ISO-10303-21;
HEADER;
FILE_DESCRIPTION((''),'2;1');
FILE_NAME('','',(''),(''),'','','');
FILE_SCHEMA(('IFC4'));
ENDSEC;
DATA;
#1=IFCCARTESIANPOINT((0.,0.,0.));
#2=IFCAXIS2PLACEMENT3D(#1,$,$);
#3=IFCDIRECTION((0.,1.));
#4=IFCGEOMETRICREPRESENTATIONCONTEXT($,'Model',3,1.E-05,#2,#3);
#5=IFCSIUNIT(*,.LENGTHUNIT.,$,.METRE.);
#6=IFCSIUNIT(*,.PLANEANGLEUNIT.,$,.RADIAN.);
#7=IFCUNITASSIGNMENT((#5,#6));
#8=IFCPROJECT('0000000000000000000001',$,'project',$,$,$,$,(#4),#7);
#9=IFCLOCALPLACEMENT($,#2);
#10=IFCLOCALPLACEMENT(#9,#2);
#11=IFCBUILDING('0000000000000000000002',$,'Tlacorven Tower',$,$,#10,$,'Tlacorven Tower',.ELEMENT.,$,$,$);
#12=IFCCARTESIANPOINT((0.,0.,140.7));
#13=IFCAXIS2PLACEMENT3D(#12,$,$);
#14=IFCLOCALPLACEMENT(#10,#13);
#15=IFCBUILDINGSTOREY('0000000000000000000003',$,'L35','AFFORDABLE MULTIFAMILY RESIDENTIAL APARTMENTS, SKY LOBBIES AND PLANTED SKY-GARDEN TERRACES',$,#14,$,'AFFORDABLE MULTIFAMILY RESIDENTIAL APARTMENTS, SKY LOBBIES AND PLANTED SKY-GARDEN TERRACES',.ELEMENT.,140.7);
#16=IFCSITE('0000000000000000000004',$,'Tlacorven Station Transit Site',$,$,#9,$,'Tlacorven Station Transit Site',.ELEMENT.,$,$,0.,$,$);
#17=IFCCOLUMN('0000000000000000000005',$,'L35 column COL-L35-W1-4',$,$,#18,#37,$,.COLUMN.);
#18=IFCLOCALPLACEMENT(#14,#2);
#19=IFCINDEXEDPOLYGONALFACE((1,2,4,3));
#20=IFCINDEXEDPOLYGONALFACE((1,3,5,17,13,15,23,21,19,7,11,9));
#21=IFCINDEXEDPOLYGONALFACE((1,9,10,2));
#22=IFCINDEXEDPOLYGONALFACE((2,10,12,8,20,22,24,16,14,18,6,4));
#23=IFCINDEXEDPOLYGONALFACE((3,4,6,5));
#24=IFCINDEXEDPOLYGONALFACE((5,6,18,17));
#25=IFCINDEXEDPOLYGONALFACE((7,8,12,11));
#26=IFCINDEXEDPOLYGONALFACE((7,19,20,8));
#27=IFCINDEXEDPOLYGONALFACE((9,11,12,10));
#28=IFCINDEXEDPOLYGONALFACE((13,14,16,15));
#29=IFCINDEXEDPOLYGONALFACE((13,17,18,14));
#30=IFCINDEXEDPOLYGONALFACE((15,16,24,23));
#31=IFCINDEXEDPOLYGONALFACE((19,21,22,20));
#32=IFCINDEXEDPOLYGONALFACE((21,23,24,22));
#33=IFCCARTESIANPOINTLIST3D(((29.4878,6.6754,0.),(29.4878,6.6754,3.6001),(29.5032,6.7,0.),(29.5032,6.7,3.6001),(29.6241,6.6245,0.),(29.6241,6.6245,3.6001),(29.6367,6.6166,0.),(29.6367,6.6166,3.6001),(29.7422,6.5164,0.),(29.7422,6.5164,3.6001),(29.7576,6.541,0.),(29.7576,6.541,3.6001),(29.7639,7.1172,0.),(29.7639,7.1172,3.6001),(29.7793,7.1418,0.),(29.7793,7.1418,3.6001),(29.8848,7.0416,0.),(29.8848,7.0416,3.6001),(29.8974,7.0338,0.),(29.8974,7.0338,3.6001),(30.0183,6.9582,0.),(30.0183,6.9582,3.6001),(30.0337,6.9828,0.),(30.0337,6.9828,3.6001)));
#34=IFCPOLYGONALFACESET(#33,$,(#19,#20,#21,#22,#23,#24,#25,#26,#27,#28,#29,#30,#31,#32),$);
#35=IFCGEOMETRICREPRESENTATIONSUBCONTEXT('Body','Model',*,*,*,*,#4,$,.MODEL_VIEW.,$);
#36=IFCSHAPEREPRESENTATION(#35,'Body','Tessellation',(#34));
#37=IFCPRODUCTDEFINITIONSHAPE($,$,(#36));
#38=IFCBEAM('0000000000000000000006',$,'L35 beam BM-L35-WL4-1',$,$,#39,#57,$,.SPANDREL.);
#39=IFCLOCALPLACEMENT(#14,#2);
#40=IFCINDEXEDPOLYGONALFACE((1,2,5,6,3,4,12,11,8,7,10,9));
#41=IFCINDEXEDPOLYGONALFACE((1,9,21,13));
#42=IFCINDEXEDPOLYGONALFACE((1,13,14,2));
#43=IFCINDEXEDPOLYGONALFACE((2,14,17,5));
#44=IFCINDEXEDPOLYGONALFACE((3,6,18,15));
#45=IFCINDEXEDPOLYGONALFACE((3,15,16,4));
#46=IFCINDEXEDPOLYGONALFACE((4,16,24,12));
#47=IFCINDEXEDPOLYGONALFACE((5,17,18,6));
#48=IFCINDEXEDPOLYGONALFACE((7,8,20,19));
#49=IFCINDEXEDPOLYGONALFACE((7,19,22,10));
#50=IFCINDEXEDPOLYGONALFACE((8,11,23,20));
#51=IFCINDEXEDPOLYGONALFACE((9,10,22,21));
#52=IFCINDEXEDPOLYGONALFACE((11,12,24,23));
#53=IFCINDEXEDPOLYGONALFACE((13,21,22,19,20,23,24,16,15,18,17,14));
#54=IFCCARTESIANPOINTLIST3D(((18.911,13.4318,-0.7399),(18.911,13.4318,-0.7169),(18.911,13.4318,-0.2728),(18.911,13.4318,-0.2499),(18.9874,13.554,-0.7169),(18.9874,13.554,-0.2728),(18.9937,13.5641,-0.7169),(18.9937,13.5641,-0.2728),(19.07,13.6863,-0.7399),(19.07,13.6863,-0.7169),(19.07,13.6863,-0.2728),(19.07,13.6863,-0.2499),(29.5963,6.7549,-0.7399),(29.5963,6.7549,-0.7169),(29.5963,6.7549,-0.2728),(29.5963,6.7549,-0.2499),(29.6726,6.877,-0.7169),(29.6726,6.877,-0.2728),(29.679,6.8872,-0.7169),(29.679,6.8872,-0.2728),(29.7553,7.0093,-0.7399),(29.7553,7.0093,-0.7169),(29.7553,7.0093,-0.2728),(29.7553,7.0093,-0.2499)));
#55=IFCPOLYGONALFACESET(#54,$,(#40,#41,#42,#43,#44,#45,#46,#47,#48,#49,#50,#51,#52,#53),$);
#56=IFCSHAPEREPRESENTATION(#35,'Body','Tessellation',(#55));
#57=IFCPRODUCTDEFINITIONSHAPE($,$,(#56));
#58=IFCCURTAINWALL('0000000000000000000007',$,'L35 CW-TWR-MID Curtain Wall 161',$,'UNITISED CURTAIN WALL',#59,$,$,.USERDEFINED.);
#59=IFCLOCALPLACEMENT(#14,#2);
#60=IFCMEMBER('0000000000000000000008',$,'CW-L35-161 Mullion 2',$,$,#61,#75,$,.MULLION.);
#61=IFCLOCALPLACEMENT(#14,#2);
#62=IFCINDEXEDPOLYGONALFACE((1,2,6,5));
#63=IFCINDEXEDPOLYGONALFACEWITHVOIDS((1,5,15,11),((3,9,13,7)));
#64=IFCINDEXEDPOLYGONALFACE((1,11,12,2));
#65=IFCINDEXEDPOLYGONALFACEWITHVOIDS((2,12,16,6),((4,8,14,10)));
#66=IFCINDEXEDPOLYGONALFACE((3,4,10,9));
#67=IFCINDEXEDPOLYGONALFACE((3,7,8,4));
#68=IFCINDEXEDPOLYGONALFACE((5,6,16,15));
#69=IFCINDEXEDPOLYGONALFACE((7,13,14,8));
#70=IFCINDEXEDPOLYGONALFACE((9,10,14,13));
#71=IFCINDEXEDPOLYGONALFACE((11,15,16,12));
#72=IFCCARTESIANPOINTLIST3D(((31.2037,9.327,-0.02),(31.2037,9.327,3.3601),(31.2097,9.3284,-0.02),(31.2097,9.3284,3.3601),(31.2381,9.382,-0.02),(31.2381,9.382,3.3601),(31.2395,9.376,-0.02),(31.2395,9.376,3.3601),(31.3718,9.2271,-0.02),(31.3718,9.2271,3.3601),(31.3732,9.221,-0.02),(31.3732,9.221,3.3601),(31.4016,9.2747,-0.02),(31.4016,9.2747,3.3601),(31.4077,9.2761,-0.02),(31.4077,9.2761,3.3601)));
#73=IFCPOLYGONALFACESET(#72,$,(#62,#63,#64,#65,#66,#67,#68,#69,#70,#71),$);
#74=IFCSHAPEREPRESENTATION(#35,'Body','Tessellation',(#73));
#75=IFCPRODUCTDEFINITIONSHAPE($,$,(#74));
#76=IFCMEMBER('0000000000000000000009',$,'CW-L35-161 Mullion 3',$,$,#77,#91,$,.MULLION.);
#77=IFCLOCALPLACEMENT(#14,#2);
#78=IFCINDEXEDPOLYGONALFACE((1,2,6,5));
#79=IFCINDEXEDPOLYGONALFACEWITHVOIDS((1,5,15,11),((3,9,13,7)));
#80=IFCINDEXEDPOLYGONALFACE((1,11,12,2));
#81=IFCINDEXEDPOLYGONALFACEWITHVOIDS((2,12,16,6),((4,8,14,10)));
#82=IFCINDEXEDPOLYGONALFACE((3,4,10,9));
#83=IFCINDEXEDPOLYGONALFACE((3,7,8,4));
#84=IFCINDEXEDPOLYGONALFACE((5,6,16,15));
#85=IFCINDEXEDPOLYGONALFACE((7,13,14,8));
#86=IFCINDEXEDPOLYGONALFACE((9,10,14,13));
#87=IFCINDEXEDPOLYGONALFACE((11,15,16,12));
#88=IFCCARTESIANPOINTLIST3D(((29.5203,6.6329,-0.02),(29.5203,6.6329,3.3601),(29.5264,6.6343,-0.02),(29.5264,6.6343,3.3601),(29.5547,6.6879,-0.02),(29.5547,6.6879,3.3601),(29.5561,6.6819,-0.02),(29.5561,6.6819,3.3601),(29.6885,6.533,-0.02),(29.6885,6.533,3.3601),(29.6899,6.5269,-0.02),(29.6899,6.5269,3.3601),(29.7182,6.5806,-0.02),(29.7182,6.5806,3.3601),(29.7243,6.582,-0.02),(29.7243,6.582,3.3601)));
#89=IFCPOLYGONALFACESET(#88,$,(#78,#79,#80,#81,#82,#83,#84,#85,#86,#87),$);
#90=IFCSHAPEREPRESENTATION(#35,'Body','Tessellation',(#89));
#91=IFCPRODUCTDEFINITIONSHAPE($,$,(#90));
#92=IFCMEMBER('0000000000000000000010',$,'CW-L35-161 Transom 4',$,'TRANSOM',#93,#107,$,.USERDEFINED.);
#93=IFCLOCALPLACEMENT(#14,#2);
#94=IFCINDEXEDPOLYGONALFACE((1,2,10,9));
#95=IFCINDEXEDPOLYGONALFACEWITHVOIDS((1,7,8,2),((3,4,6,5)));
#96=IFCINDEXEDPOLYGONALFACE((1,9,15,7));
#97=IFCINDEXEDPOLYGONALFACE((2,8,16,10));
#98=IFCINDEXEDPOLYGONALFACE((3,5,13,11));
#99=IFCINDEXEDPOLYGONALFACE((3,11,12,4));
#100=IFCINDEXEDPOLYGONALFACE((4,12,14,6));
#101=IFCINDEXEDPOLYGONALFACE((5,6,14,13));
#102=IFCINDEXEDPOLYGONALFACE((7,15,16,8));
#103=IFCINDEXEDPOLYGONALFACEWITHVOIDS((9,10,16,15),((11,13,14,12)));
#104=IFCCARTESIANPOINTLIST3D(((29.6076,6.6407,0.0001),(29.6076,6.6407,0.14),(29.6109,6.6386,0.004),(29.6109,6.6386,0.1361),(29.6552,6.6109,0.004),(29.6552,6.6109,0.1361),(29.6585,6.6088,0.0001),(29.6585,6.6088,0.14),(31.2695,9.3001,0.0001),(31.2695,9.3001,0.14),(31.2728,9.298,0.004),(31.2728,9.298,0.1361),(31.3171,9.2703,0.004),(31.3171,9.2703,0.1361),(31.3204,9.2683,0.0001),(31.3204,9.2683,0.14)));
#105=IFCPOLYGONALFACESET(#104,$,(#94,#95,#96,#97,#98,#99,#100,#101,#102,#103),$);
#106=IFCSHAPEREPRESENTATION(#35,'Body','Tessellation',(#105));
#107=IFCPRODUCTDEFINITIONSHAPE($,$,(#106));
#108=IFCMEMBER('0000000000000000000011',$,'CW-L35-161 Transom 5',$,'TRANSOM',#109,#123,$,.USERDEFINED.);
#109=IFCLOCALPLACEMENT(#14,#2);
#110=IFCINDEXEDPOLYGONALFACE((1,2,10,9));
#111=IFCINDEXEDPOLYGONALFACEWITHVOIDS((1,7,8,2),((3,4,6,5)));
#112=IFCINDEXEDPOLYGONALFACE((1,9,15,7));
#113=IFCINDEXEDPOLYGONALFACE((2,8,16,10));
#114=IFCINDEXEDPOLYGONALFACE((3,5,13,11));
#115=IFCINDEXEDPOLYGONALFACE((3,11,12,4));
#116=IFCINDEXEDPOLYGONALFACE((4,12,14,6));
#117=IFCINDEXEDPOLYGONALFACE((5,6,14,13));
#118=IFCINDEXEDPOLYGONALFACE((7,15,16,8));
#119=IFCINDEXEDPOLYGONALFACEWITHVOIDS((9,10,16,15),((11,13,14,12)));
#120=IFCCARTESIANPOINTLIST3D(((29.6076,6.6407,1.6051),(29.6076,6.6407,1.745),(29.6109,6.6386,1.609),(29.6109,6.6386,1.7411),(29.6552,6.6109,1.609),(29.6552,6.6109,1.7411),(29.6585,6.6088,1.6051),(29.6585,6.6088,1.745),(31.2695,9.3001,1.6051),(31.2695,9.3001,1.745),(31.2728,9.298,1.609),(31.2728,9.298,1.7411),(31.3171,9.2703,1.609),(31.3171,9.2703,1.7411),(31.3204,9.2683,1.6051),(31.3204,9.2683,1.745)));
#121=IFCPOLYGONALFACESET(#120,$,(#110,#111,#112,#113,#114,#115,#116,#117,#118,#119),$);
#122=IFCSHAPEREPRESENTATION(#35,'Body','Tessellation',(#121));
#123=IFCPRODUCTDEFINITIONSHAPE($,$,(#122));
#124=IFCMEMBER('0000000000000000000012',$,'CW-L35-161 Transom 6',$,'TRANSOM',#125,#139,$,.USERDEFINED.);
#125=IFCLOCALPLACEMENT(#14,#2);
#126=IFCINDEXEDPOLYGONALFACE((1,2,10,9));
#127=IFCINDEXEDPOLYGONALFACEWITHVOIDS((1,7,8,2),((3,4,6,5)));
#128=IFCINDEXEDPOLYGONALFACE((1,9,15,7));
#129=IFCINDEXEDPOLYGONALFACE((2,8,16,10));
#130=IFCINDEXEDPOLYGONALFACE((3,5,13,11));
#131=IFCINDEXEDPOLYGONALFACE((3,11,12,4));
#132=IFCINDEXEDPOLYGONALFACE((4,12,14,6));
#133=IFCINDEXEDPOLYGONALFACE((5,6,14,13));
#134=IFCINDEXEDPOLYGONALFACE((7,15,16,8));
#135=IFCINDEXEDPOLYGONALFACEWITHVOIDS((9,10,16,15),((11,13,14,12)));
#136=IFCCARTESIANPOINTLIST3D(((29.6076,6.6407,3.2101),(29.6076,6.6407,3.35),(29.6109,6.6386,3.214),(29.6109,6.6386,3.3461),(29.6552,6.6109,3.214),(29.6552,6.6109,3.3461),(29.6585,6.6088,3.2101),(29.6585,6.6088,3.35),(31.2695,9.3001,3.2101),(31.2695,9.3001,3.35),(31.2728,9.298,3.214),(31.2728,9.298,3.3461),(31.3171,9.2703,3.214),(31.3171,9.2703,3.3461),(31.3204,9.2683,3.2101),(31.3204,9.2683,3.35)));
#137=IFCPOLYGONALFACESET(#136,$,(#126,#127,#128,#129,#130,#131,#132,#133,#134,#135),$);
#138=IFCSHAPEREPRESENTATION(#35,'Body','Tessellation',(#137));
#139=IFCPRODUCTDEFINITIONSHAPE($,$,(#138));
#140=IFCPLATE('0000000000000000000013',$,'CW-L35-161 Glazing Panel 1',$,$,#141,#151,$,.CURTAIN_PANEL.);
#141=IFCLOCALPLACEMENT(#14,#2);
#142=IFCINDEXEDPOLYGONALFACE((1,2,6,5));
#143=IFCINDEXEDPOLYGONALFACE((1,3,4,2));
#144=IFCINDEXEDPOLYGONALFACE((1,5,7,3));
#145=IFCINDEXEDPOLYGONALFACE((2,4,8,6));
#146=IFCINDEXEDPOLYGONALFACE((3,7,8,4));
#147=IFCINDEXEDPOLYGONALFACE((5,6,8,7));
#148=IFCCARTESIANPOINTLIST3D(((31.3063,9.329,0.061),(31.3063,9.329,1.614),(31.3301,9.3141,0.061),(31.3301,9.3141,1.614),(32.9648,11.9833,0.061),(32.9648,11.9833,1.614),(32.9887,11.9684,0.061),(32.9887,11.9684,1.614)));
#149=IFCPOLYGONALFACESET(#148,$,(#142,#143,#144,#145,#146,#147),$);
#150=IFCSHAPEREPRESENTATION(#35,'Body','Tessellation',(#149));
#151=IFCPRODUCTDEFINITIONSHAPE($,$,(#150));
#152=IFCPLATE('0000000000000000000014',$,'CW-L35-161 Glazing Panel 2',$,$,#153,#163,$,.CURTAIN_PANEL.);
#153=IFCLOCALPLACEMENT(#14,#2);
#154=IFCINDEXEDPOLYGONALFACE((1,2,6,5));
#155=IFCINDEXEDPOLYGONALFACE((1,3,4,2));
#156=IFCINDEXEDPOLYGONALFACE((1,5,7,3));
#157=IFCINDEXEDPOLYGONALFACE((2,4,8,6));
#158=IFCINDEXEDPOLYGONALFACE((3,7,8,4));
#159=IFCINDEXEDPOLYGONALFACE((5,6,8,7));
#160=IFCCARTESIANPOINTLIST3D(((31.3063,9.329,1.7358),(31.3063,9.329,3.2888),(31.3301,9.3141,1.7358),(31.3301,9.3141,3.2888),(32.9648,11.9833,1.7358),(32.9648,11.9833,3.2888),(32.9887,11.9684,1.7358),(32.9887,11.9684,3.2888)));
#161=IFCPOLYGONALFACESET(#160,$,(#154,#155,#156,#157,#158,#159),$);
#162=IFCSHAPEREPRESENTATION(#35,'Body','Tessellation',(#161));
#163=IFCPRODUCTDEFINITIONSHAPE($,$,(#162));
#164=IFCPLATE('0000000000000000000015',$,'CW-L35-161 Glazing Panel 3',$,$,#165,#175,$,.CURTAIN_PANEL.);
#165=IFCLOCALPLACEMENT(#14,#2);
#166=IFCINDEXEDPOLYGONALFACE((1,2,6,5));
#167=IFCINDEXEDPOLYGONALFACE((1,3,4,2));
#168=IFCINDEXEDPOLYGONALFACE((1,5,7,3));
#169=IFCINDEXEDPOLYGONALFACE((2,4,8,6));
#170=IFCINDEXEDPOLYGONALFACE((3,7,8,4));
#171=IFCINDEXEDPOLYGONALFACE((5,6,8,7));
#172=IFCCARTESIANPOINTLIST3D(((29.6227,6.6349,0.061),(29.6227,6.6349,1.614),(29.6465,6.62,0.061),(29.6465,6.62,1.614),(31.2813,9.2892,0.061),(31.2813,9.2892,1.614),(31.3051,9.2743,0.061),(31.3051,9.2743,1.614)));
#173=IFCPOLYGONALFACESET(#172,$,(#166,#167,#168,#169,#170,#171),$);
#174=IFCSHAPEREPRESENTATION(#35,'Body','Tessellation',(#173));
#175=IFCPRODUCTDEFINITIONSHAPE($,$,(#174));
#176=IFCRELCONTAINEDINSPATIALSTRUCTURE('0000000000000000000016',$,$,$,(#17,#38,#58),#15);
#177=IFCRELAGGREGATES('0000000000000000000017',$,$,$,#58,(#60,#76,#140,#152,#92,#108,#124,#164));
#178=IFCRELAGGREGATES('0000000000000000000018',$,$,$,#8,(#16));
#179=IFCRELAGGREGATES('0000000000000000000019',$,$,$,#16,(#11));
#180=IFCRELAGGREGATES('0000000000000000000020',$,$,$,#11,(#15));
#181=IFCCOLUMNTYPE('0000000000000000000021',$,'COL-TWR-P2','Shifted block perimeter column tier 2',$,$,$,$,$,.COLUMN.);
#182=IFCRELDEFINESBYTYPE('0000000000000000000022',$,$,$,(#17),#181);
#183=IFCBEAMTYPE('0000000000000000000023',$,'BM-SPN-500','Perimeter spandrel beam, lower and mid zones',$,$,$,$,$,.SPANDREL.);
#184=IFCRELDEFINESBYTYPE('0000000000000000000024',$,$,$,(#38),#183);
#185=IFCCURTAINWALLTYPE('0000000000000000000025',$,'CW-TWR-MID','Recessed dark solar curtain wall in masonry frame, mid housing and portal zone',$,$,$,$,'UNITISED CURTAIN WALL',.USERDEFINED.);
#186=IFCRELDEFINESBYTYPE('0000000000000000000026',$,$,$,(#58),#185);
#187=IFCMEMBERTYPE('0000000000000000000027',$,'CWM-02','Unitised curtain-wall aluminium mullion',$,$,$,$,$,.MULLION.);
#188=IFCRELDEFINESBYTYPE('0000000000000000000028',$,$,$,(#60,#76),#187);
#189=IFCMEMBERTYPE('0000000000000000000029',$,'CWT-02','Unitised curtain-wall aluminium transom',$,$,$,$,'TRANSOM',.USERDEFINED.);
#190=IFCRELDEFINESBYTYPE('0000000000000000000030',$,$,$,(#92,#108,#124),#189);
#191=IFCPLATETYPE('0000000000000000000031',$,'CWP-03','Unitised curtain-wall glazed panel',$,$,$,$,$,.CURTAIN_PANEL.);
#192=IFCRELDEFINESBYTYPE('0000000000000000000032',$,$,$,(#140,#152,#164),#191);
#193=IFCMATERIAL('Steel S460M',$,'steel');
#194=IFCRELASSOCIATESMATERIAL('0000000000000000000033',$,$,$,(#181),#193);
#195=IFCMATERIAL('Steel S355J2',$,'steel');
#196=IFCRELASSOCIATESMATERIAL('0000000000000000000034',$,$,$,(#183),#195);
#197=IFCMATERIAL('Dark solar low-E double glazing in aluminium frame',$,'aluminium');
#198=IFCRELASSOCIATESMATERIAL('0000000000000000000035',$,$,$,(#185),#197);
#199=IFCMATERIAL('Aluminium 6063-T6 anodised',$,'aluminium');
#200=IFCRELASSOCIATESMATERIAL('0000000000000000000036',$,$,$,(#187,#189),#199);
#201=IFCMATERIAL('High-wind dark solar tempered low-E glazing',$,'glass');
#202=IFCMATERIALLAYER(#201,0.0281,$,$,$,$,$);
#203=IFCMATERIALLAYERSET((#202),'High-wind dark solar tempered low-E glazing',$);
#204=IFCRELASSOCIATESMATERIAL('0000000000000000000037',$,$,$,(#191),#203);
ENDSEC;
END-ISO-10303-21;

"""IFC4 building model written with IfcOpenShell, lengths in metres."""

from ifc_helpers import new_model, si_unit, direction, frame, origin, origin_2d, place, context, subcontext, project, spatial, rectangle, hollow_rectangle, i_section, extrude, source, transform, mapped, material, layer, layer_set, material_profile, profile_set, type_object, element, aggregate, save


model = new_model("IFC4")

# Units and contexts
model_context = context("Model", 3, precision=1e-05, world=origin(), true_north=direction((0.0, 1.0)))
body_context = subcontext(model_context, "Body", "Model", "MODEL_VIEW")
ifc_project = project(units=[si_unit("LENGTHUNIT", "METRE"), si_unit("PLANEANGLEUNIT", "RADIAN")], contexts=[model_context])

# Site, building, storey
site_placement = place(None, origin())
site = spatial("IfcSite", under=ifc_project, at=site_placement, Name="Tlacorven Station Transit Site", LongName="Tlacorven Station Transit Site", CompositionType="ELEMENT", RefElevation=0.0)
building_placement = place(site_placement, origin())
building = spatial("IfcBuilding", under=site, at=building_placement, Name="Tlacorven Tower", LongName="Tlacorven Tower", CompositionType="ELEMENT")
storey_placement = place(building_placement, frame((0.0, 0.0, 140.7)))
storey = spatial("IfcBuildingStorey", under=building, at=storey_placement, Name="L35", Description="AFFORDABLE MULTIFAMILY RESIDENTIAL APARTMENTS, SKY LOBBIES AND PLANTED SKY-GARDEN TERRACES", LongName="AFFORDABLE MULTIFAMILY RESIDENTIAL APARTMENTS, SKY LOBBIES AND PLANTED SKY-GARDEN TERRACES", CompositionType="ELEMENT", Elevation=140.7)

# Column
ifc_material_1 = material(Name="Steel S460M", Category="steel")
ifc_material_profile_1 = material_profile(ifc_material_1, i_section(OverallWidth=0.3, OverallDepth=0.55, WebThickness=0.0149, FlangeThickness=0.0291, at=origin_2d()), Name="HEB 550")
ifc_profile_set_1 = profile_set([ifc_material_profile_1], Name="Steel S460M")
column_type = type_object("IfcColumnType", Name="COL-TWR-P2", Description="Shifted block perimeter column tier 2", PredefinedType="COLUMN", material=ifc_profile_set_1)
shared_shape_1 = source(origin(), body_context, "Body", "SweptSolid", [
    extrude(i_section(OverallWidth=0.3, OverallDepth=0.55, WebThickness=0.0149, FlangeThickness=0.0291, at=origin_2d()), origin(), (0.0, 0.0, 1.0), 3.6001),
])
column_placement = place(storey_placement, frame((29.7607, 6.8291, 0.0), z_axis=(0.0, 0.0, 1.0), x_axis=(-0.848048, 0.529919, 0.0)))
element("IfcColumn", 1, at=column_placement, inside=storey, type_object=column_type, Name="L35 column COL-L35-W1-4", PredefinedType="COLUMN", context=body_context, shape_type="MappedRepresentation", body=[
    mapped(shared_shape_1, transform((0.0, 0.0, 0.0), scale=1.0)),
])

# Beam
ifc_material_2 = material(Name="Steel S355J2", Category="steel")
ifc_material_profile_2 = material_profile(ifc_material_2, i_section(OverallWidth=0.3, OverallDepth=0.49, WebThickness=0.012, FlangeThickness=0.0229, at=origin_2d()), Name="HEA 500")
ifc_profile_set_2 = profile_set([ifc_material_profile_2], Name="Steel S355J2")
beam_type = type_object("IfcBeamType", Name="BM-SPN-500", Description="Perimeter spandrel beam, lower and mid zones", PredefinedType="SPANDREL", material=ifc_profile_set_2)
shared_shape_2 = source(origin(), body_context, "Body", "SweptSolid", [
    extrude(i_section(OverallWidth=0.3, OverallDepth=0.49, WebThickness=0.012, FlangeThickness=0.0229, at=origin_2d()), origin(), (0.0, 0.0, 1.0), 12.5999),
])
beam_placement = place(storey_placement, frame((29.6758, 6.8821, -0.4949), z_axis=(-0.848045, 0.529924, 0.0), x_axis=(-0.529924, -0.848045, 0.0)))
element("IfcBeam", 2, at=beam_placement, inside=storey, type_object=beam_type, Name="L35 beam BM-L35-WL4-1", PredefinedType="SPANDREL", context=body_context, shape_type="MappedRepresentation", body=[
    mapped(shared_shape_2, transform((0.0, 0.0, 0.0), scale=1.0)),
])

# Curtain wall, members, plates
ifc_material_3 = material(Name="Dark solar low-E double glazing in aluminium frame", Category="aluminium")
curtain_wall_type = type_object("IfcCurtainWallType", Name="CW-TWR-MID", Description="Recessed dark solar curtain wall in masonry frame, mid housing and portal zone", ElementType="UNITISED CURTAIN WALL", PredefinedType="USERDEFINED", material=ifc_material_3)
curtain_wall_placement = place(storey_placement, origin())
curtain_wall = element("IfcCurtainWall", 3, at=curtain_wall_placement, inside=storey, type_object=curtain_wall_type, Name="L35 CW-TWR-MID Curtain Wall 161", ObjectType="UNITISED CURTAIN WALL", PredefinedType="USERDEFINED")
ifc_material_4 = material(Name="Aluminium 6063-T6 anodised", Category="aluminium")
ifc_material_profile_3 = material_profile(ifc_material_4, hollow_rectangle(XDim=0.0649, YDim=0.2, WallThickness=0.0044, at=origin_2d()), Name="ALU MULLION 65X200")
ifc_profile_set_3 = profile_set([ifc_material_profile_3], Name="Aluminium 6063-T6 anodised")
member_type_1 = type_object("IfcMemberType", Name="CWM-02", Description="Unitised curtain-wall aluminium mullion", PredefinedType="MULLION", material=ifc_profile_set_3)
shared_shape_3 = source(origin(), body_context, "Body", "SweptSolid", [
    extrude(hollow_rectangle(XDim=0.0649, YDim=0.2, WallThickness=0.0044, at=origin_2d()), origin(), (0.0, 0.0, 1.0), 3.3801),
])
member_1_placement = place(storey_placement, frame((31.3057, 9.3015, -0.02), z_axis=(0.0, 0.0, 1.0), x_axis=(-0.529919, -0.848048, 0.0)))
member_1 = element("IfcMember", 4, at=member_1_placement, type_object=member_type_1, Name="CW-L35-161 Mullion 2", PredefinedType="MULLION", context=body_context, shape_type="MappedRepresentation", body=[
    mapped(shared_shape_3, transform((0.0, 0.0, 0.0), scale=1.0)),
])
member_2_placement = place(storey_placement, frame((29.6223, 6.6074, -0.02), z_axis=(0.0, 0.0, 1.0), x_axis=(-0.529919, -0.848048, 0.0)))
member_2 = element("IfcMember", 5, at=member_2_placement, type_object=member_type_1, Name="CW-L35-161 Mullion 3", PredefinedType="MULLION", context=body_context, shape_type="MappedRepresentation", body=[
    mapped(shared_shape_3, transform((0.0, 0.0, 0.0), scale=1.0)),
])
ifc_material_profile_4 = material_profile(ifc_material_4, hollow_rectangle(XDim=0.0601, YDim=0.1399, WallThickness=0.0039, at=origin_2d()), Name="ALU TRANSOM 60X140")
ifc_profile_set_4 = profile_set([ifc_material_profile_4], Name="Aluminium 6063-T6 anodised")
member_type_2 = type_object("IfcMemberType", Name="CWT-02", Description="Unitised curtain-wall aluminium transom", ElementType="TRANSOM", PredefinedType="USERDEFINED", material=ifc_profile_set_4)
shared_shape_4 = source(origin(), body_context, "Body", "SweptSolid", [
    extrude(hollow_rectangle(XDim=0.0601, YDim=0.1399, WallThickness=0.0039, at=origin_2d()), origin(), (0.0, 0.0, 1.0), 3.136),
])
member_3_placement = place(storey_placement, frame((31.2949, 9.2842, 0.0701), z_axis=(-0.529936, -0.848038, 0.0), x_axis=(0.848038, -0.529936, 0.0)))
member_3 = element("IfcMember", 6, at=member_3_placement, type_object=member_type_2, Name="CW-L35-161 Transom 4", ObjectType="TRANSOM", PredefinedType="USERDEFINED", context=body_context, shape_type="MappedRepresentation", body=[
    mapped(shared_shape_4, transform((0.0, 0.0, 0.0), scale=1.0)),
])
member_4_placement = place(storey_placement, frame((31.2949, 9.2842, 1.675), z_axis=(-0.529936, -0.848038, 0.0), x_axis=(0.848038, -0.529936, 0.0)))
member_4 = element("IfcMember", 7, at=member_4_placement, type_object=member_type_2, Name="CW-L35-161 Transom 5", ObjectType="TRANSOM", PredefinedType="USERDEFINED", context=body_context, shape_type="MappedRepresentation", body=[
    mapped(shared_shape_4, transform((0.0, 0.0, 0.0), scale=1.0)),
])
member_5_placement = place(storey_placement, frame((31.2949, 9.2842, 3.28), z_axis=(-0.529936, -0.848038, 0.0), x_axis=(0.848038, -0.529936, 0.0)))
member_5 = element("IfcMember", 8, at=member_5_placement, type_object=member_type_2, Name="CW-L35-161 Transom 6", ObjectType="TRANSOM", PredefinedType="USERDEFINED", context=body_context, shape_type="MappedRepresentation", body=[
    mapped(shared_shape_4, transform((0.0, 0.0, 0.0), scale=1.0)),
])
ifc_material_5 = material(Name="High-wind dark solar tempered low-E glazing", Category="glass")
ifc_layer_1 = layer(ifc_material_5, 0.0281)
ifc_layer_set_1 = layer_set([ifc_layer_1], Name="High-wind dark solar tempered low-E glazing")
plate_type = type_object("IfcPlateType", Name="CWP-03", Description="Unitised curtain-wall glazed panel", PredefinedType="CURTAIN_PANEL", material=ifc_layer_set_1)
shared_shape_5 = source(origin(), body_context, "Body", "SweptSolid", [
    extrude(rectangle(XDim=3.1299, YDim=0.0281, at=origin_2d()), origin(), (0.0, 0.0, 1.0), 1.553),
])
plate_1_placement = place(storey_placement, frame((32.1475, 10.6487, 0.061), z_axis=(0.0, 0.0, 1.0), x_axis=(-0.529919, -0.848048, 0.0)))
plate_1 = element("IfcPlate", 9, at=plate_1_placement, type_object=plate_type, Name="CW-L35-161 Glazing Panel 1", PredefinedType="CURTAIN_PANEL", context=body_context, shape_type="MappedRepresentation", body=[
    mapped(shared_shape_5, transform((0.0, 0.0, 0.0), scale=1.0)),
])
plate_2_placement = place(storey_placement, frame((32.1475, 10.6487, 1.7358), z_axis=(0.0, 0.0, 1.0), x_axis=(-0.529919, -0.848048, 0.0)))
plate_2 = element("IfcPlate", 10, at=plate_2_placement, type_object=plate_type, Name="CW-L35-161 Glazing Panel 2", PredefinedType="CURTAIN_PANEL", context=body_context, shape_type="MappedRepresentation", body=[
    mapped(shared_shape_5, transform((0.0, 0.0, 0.0), scale=1.0)),
])
plate_3_placement = place(storey_placement, frame((30.4639, 7.9546, 0.061), z_axis=(0.0, 0.0, 1.0), x_axis=(-0.529919, -0.848048, 0.0)))
plate_3 = element("IfcPlate", 11, at=plate_3_placement, type_object=plate_type, Name="CW-L35-161 Glazing Panel 3", PredefinedType="CURTAIN_PANEL", context=body_context, shape_type="MappedRepresentation", body=[
    mapped(shared_shape_5, transform((0.0, 0.0, 0.0), scale=1.0)),
])
aggregate(curtain_wall, [member_1, member_2, plate_1, plate_2, member_3, member_4, member_5, plate_3])

save(model, "model.ifc")
